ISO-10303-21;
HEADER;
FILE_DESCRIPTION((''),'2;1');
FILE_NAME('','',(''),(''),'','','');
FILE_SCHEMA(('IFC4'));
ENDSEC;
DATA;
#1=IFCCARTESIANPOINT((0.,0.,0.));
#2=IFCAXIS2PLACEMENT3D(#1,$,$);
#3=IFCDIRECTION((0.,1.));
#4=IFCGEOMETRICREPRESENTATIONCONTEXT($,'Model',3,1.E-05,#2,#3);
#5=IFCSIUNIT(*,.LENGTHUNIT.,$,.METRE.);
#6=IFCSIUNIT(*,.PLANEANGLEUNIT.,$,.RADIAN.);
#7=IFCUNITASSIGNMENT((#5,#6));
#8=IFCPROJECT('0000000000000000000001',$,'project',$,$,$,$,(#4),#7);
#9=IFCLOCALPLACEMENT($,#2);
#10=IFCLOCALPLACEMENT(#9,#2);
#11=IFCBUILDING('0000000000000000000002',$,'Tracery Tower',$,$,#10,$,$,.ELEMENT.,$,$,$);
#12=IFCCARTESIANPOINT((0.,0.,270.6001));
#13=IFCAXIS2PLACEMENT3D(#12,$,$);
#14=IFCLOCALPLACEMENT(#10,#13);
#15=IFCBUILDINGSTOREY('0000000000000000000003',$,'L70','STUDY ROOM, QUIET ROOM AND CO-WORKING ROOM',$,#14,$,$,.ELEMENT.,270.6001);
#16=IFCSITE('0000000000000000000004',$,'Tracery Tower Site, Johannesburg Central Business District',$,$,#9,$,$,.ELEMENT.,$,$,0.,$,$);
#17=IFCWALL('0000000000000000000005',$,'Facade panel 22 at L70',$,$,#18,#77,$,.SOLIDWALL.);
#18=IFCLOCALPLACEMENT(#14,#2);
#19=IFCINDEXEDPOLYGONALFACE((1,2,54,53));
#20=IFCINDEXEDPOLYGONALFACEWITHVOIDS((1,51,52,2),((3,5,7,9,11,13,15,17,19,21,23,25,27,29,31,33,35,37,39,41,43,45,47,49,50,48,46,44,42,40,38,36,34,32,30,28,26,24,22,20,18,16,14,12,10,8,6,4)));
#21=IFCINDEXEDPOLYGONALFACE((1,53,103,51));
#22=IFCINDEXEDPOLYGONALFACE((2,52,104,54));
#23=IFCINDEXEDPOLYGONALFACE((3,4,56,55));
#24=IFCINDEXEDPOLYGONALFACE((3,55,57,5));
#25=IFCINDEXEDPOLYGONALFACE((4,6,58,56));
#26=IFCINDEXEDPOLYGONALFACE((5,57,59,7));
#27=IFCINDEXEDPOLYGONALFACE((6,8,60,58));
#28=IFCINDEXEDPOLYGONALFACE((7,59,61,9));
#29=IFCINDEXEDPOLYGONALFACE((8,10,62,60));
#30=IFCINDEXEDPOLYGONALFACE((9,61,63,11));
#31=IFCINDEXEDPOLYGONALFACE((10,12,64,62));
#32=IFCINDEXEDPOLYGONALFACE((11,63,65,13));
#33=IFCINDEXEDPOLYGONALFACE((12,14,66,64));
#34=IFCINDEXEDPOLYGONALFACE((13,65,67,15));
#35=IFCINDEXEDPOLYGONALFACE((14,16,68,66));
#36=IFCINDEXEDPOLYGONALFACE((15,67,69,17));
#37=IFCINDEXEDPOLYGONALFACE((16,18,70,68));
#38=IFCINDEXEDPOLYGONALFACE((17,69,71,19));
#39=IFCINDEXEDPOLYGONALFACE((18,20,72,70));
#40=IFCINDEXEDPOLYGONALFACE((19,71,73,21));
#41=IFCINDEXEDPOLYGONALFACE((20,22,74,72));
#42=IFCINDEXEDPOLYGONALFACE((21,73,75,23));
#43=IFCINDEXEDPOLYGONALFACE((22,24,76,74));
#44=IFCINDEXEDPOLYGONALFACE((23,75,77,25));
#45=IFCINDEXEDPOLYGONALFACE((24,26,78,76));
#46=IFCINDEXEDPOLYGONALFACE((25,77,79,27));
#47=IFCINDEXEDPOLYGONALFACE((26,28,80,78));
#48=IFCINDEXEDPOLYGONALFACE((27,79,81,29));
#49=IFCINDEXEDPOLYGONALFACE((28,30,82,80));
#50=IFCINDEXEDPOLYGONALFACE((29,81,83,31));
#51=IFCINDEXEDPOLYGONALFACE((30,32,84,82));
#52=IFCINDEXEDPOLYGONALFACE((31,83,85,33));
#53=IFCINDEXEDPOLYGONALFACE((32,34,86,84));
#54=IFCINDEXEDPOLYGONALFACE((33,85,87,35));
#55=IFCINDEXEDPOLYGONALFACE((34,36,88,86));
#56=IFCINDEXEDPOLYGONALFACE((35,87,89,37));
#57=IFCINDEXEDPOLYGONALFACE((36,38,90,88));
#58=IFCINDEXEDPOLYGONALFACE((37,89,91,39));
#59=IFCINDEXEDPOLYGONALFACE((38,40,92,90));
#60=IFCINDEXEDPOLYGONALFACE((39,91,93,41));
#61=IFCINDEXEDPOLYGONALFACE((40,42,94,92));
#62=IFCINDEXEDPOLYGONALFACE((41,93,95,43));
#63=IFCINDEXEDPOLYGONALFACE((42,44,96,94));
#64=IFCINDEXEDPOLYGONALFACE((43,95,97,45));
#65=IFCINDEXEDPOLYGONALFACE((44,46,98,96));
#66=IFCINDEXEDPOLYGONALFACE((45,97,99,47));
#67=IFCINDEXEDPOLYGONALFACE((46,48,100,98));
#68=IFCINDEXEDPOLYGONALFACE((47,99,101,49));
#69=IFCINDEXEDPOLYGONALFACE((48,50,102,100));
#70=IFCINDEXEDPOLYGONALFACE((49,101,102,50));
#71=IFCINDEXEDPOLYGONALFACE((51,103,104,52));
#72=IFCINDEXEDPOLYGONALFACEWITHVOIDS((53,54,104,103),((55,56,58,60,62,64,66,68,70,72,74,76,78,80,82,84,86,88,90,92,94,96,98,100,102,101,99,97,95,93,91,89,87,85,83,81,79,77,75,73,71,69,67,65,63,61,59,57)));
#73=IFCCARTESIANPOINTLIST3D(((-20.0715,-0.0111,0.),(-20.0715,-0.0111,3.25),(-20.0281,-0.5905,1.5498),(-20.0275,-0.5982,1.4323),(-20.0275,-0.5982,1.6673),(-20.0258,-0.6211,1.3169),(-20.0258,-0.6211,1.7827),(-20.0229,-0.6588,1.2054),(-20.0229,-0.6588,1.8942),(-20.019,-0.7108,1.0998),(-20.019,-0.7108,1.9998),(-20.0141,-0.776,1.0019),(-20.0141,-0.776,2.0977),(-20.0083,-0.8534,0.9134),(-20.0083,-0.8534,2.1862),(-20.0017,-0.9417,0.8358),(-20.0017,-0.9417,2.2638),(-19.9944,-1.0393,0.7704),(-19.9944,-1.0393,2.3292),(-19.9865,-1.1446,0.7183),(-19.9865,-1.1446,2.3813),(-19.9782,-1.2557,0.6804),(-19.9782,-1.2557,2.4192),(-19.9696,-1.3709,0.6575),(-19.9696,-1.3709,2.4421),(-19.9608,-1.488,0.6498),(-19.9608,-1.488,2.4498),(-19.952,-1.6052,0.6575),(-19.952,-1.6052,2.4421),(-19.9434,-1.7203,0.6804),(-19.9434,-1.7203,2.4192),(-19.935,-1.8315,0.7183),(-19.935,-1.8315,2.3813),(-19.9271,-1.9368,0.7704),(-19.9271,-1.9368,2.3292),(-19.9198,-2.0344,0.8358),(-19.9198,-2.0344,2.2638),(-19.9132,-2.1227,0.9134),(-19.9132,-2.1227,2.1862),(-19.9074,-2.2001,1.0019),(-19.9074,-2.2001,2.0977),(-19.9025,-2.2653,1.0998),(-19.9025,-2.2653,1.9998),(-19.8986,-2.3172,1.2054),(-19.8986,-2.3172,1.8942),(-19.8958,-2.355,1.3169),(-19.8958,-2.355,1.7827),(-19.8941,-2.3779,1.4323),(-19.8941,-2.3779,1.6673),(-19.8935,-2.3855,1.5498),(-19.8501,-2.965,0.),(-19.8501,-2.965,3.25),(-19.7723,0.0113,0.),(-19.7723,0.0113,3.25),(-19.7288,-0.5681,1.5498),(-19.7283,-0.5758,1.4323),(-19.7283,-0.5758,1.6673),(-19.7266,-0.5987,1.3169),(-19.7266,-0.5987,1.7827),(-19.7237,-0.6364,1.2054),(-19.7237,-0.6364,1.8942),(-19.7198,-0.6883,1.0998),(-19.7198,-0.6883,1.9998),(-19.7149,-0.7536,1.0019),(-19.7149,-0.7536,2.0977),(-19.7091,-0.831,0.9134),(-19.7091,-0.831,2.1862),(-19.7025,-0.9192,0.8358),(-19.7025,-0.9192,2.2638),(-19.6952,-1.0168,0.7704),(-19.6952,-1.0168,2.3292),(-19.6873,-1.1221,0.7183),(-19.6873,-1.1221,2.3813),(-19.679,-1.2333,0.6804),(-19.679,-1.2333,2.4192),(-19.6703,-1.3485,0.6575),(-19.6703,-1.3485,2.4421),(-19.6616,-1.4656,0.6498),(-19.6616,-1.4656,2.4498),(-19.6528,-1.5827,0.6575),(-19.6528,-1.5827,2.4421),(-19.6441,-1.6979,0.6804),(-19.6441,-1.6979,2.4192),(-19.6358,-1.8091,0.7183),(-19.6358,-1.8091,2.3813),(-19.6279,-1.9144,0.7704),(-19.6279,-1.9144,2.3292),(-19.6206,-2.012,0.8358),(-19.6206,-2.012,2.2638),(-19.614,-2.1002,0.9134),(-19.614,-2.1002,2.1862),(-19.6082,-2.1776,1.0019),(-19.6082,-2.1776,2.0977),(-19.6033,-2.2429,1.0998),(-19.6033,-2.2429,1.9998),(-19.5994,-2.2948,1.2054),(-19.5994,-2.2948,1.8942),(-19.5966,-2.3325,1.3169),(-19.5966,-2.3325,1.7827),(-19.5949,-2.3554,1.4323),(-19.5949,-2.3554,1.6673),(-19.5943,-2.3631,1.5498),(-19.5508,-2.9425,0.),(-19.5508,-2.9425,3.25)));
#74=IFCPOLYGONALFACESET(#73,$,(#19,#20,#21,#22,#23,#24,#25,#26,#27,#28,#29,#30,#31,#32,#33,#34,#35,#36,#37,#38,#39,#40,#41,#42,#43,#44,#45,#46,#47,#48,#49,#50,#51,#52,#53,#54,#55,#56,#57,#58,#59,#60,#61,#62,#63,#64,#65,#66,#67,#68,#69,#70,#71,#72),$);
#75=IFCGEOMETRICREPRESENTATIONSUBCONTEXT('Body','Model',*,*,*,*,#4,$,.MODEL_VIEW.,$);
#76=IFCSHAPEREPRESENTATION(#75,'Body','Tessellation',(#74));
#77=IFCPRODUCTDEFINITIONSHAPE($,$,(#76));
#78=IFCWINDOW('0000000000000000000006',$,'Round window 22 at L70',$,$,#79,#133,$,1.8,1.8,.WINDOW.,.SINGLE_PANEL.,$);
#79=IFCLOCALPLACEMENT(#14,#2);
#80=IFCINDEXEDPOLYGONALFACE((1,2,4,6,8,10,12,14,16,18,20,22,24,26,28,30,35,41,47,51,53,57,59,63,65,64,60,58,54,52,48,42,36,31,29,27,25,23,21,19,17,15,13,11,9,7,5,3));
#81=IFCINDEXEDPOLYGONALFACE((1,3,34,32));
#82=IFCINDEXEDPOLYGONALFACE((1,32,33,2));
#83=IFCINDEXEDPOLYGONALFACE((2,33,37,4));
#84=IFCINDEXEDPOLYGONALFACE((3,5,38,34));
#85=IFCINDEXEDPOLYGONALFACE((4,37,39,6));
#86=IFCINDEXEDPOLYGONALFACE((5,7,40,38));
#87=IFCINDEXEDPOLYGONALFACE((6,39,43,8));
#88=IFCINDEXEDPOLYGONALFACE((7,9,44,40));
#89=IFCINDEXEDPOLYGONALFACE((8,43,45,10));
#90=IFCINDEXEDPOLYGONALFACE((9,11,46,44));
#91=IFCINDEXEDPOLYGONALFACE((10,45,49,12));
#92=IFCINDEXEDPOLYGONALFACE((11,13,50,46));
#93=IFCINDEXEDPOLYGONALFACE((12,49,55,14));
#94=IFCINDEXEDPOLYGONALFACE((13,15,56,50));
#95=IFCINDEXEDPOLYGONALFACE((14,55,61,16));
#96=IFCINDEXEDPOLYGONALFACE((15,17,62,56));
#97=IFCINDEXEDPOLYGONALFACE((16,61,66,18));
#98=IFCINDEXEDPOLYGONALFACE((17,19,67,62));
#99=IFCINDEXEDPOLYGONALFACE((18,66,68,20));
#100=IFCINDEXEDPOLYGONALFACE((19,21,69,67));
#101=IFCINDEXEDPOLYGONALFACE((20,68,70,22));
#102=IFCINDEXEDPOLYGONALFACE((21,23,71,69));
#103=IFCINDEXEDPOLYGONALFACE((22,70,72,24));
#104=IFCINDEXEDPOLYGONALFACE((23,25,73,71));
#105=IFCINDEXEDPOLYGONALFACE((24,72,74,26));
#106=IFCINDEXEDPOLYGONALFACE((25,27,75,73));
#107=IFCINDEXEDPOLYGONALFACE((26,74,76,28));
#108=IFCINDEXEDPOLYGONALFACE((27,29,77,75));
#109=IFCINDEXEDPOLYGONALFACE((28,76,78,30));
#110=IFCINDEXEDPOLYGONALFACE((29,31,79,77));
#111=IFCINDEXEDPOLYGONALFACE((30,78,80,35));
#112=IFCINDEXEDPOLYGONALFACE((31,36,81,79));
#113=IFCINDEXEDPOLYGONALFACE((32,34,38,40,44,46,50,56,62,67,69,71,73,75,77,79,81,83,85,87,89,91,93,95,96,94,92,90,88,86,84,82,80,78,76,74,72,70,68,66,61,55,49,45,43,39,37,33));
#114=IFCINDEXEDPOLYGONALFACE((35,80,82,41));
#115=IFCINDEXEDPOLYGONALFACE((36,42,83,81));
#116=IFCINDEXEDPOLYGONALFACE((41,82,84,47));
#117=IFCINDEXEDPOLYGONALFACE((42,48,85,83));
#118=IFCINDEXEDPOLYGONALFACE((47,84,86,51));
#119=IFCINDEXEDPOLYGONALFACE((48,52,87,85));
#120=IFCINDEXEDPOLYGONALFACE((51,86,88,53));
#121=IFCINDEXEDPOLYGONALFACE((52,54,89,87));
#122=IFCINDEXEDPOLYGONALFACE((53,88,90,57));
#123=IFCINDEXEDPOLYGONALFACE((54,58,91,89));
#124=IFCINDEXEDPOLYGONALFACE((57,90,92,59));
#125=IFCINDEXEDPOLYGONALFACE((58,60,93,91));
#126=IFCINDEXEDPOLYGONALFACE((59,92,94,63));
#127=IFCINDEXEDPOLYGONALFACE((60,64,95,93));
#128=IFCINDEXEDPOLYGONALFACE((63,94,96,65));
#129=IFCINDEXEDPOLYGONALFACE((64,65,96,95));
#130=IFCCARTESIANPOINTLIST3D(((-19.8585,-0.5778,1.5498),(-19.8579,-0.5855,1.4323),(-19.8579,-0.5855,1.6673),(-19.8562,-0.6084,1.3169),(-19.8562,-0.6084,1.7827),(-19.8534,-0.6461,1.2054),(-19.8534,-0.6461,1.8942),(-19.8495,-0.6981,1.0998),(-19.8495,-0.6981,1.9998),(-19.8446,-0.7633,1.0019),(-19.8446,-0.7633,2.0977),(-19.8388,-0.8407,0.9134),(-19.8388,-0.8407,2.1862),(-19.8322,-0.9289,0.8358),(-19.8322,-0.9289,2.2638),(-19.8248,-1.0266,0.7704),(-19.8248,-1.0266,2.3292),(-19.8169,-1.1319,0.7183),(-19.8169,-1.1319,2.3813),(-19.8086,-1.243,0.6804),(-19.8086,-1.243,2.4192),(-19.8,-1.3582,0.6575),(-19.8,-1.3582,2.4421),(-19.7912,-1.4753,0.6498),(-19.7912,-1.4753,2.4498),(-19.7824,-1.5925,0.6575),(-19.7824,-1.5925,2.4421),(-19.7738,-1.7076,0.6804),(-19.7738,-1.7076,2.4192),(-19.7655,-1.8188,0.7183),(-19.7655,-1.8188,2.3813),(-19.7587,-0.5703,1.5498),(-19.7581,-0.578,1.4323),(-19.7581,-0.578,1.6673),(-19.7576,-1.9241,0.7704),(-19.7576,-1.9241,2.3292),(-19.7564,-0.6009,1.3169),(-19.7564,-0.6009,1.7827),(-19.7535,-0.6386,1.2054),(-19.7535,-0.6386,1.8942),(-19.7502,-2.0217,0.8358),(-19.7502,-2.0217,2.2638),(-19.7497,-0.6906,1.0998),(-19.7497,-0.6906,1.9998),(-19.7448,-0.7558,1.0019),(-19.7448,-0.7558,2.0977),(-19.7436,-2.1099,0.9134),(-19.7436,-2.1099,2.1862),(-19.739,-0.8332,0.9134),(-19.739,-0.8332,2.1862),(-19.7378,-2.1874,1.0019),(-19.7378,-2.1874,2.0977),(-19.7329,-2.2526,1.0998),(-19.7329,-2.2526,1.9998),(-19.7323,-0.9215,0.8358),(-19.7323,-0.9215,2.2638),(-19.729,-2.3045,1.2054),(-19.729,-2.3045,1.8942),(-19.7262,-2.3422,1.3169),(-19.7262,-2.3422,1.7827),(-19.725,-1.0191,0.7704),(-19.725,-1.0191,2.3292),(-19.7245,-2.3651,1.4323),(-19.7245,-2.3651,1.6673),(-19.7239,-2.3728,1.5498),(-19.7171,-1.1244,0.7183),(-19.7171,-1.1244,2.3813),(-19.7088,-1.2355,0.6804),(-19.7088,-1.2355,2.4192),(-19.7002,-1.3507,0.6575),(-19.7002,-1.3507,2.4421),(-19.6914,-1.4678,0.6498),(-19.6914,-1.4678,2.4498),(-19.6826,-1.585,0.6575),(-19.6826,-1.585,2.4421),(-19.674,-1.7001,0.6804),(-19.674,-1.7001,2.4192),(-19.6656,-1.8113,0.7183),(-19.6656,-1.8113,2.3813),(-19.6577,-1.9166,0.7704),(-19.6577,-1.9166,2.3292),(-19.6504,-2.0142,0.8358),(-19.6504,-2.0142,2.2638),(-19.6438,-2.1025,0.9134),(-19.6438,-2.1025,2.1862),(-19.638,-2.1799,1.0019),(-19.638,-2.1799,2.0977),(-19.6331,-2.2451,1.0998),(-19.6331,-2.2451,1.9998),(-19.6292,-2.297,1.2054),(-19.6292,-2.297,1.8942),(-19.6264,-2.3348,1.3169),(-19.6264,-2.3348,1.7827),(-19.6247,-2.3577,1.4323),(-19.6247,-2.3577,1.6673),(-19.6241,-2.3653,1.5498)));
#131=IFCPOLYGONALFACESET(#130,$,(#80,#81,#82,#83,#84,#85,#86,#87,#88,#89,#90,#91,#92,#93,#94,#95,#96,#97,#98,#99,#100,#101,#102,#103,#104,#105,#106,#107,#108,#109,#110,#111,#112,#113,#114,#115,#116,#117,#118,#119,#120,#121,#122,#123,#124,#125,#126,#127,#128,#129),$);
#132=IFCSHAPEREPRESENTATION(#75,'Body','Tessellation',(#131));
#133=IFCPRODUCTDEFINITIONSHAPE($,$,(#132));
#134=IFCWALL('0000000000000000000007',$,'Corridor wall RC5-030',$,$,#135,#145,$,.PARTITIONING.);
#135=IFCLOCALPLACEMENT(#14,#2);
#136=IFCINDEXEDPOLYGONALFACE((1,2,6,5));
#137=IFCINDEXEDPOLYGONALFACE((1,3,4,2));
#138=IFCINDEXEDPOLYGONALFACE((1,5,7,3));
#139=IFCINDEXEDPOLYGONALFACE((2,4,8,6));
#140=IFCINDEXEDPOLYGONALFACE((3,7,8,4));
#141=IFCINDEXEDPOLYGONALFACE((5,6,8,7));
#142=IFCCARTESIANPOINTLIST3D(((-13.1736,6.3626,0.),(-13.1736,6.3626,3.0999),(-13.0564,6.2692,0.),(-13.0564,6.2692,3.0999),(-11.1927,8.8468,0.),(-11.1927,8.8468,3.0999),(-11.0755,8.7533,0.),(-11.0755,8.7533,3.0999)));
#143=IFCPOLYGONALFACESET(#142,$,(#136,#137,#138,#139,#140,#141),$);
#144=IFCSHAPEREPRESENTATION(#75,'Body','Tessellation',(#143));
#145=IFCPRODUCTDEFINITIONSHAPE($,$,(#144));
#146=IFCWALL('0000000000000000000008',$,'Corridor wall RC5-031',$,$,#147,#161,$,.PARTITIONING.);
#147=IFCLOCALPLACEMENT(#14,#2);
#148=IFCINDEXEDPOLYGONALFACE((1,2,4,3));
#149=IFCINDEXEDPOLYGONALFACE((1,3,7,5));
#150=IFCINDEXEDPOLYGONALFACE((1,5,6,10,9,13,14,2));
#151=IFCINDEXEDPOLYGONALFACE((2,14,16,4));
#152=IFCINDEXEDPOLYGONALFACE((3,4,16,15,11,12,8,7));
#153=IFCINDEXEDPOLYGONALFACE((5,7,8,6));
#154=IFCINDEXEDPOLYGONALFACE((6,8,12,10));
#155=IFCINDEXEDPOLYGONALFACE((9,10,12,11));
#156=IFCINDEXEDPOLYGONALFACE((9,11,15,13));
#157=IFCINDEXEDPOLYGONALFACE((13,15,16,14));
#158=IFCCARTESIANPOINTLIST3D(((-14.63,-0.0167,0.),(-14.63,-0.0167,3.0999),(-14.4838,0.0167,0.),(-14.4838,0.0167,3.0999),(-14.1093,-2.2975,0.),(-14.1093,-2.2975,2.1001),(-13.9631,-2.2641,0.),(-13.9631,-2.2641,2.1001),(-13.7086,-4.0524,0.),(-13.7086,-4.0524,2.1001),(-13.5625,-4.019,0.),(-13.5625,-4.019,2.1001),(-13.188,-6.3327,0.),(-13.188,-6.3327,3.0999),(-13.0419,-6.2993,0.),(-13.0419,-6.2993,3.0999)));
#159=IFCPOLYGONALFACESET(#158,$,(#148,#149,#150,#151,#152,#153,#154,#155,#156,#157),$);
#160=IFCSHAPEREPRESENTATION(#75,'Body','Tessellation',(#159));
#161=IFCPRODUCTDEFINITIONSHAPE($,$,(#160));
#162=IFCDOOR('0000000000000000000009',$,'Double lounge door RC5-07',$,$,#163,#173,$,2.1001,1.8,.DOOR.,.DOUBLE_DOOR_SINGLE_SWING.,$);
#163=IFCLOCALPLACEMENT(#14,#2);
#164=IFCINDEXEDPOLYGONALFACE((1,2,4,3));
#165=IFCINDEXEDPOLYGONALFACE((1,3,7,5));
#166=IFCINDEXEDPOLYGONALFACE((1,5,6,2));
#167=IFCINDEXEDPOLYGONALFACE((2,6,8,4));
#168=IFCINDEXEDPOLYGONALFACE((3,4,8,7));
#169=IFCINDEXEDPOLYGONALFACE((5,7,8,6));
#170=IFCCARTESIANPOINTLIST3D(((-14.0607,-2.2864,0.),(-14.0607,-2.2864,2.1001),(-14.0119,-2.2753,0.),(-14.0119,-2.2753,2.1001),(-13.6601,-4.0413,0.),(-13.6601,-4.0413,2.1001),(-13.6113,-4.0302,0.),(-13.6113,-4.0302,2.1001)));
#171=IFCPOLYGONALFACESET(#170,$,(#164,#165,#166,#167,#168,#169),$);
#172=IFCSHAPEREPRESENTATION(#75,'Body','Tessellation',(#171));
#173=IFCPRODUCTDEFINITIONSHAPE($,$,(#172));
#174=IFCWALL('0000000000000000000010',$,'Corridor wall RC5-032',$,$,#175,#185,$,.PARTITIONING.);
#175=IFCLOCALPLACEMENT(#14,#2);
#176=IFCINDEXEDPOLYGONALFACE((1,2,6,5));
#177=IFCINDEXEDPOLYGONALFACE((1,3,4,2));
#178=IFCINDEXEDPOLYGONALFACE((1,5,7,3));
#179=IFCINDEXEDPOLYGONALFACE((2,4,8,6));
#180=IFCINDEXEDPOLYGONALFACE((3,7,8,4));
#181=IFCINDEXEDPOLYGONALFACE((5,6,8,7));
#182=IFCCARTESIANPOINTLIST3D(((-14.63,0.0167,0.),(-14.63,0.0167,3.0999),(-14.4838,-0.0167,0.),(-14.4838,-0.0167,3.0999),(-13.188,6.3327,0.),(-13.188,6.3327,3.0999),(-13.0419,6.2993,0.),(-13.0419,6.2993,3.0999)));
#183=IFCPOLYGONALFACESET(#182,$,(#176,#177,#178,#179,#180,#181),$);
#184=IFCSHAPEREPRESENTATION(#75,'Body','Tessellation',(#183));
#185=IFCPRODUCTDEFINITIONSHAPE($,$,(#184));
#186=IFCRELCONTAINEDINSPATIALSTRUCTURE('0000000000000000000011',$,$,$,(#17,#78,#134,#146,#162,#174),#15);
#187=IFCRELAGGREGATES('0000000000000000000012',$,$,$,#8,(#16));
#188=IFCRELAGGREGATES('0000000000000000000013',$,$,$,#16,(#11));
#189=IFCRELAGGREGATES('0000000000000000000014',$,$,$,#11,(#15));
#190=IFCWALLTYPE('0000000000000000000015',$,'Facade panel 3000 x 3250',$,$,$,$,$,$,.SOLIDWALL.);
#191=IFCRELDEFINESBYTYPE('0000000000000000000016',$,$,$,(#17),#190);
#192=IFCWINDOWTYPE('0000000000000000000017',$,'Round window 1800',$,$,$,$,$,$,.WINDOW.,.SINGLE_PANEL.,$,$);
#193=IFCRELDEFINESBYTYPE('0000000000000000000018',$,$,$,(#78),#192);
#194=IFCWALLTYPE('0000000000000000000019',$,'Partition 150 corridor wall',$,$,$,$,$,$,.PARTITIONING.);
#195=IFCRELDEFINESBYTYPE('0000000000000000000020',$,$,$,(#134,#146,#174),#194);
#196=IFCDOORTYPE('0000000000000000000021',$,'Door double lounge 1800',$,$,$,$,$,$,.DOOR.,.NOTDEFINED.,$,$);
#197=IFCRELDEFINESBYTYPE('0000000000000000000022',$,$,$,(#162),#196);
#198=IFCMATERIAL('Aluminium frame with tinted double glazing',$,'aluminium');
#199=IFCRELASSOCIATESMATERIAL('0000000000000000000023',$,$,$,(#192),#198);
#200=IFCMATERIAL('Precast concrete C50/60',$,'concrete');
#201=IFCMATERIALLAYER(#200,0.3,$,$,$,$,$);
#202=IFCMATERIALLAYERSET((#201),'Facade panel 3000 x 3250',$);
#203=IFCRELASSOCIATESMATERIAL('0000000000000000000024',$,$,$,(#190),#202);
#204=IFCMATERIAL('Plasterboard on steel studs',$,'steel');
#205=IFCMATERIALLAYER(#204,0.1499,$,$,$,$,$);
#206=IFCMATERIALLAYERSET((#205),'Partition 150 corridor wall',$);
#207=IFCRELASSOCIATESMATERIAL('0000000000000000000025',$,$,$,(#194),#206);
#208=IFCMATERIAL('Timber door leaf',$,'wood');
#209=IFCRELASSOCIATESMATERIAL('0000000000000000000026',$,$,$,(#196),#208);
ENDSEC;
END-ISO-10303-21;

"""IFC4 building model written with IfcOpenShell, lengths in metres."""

from ifc_helpers import new_model, si_unit, direction, frame, frame_2d, origin, origin_2d, place, context, subcontext, project, spatial, rectangle, circle, extrude, material, layer, layer_set, type_object, element, fill, save


model = new_model("IFC4")

# Units and contexts
model_context = context("Model", 3, precision=1e-05, world=origin(), true_north=direction((0.0, 1.0)))
body_context = subcontext(model_context, "Body", "Model", "MODEL_VIEW")
ifc_project = project(units=[si_unit("LENGTHUNIT", "METRE"), si_unit("PLANEANGLEUNIT", "RADIAN")], contexts=[model_context])

# Site, building, storey
site_placement = place(None, origin())
site = spatial("IfcSite", under=ifc_project, at=site_placement, Name="Tracery Tower Site, Johannesburg Central Business District", CompositionType="ELEMENT", RefElevation=0.0)
building_placement = place(site_placement, origin())
building = spatial("IfcBuilding", under=site, at=building_placement, Name="Tracery Tower", CompositionType="ELEMENT")
storey_placement = place(building_placement, frame((0.0, 0.0, 270.6001)))
storey = spatial("IfcBuildingStorey", under=building, at=storey_placement, Name="L70", Description="STUDY ROOM, QUIET ROOM AND CO-WORKING ROOM", CompositionType="ELEMENT", Elevation=270.6001)

# Wall, opening, window
ifc_material_1 = material(Name="Aluminium frame with tinted double glazing", Category="aluminium")
window_type = type_object("IfcWindowType", Name="Round window 1800", PartitioningType="SINGLE_PANEL", PredefinedType="WINDOW", material=ifc_material_1)
ifc_material_2 = material(Name="Precast concrete C50/60", Category="concrete")
ifc_layer_1 = layer(ifc_material_2, 0.3)
ifc_layer_set_1 = layer_set([ifc_layer_1], Name="Facade panel 3000 x 3250")
wall_type_1 = type_object("IfcWallType", Name="Facade panel 3000 x 3250", PredefinedType="SOLIDWALL", material=ifc_layer_set_1)
wall_1_placement = place(storey_placement, frame((-19.9219, 0.0, 0.0), z_axis=(0.0, 0.0, 1.0), x_axis=(0.074755, -0.997202, 0.0)))
wall_1 = element("IfcWall", 1, at=wall_1_placement, inside=storey, type_object=wall_type_1, Name="Facade panel 22 at L70", PredefinedType="SOLIDWALL", context=body_context, shape_type="SweptSolid", body=[
    extrude(rectangle(XDim=2.9622, YDim=0.3, at=frame_2d((1.481, 0.0))), origin(), (0.0, 0.0, 1.0), 3.25),
])
opening_1_placement = place(wall_1_placement, frame((1.481, 0.0, 1.5498)))
opening_1 = element("IfcOpeningElement", 2, at=opening_1_placement, cuts=wall_1, PredefinedType="OPENING", context=body_context, shape_type="SweptSolid", body=[
    extrude(circle(Radius=0.9, at=origin_2d()), frame((0.0, 0.1599, 0.0), z_axis=(0.0, -1.0, 0.0), x_axis=(1.0, 0.0, 0.0)), (0.0, 0.0, 1.0), 0.3201),
])
window_1_placement = place(opening_1_placement, origin())
window_1 = element("IfcWindow", 3, at=window_1_placement, inside=storey, type_object=window_type, Name="Round window 22 at L70", OverallHeight=1.8, OverallWidth=1.8, PartitioningType="SINGLE_PANEL", PredefinedType="WINDOW", context=body_context, shape_type="SweptSolid", body=[
    extrude(circle(Radius=0.9, at=origin_2d()), frame((0.0, 0.1201, 0.0), z_axis=(0.0, -1.0, 0.0), x_axis=(1.0, 0.0, 0.0)), (0.0, 0.0, 1.0), 0.1001),
])
fill(opening_1, window_1)

# Wall
ifc_material_3 = material(Name="Plasterboard on steel studs", Category="steel")
ifc_layer_2 = layer(ifc_material_3, 0.1499)
ifc_layer_set_2 = layer_set([ifc_layer_2], Name="Partition 150 corridor wall")
wall_type_2 = type_object("IfcWallType", Name="Partition 150 corridor wall", PredefinedType="PARTITIONING", material=ifc_layer_set_2)
wall_2_placement = place(storey_placement, frame((-13.115, 6.3159, 0.0), z_axis=(0.0, 0.0, 1.0), x_axis=(0.623476, 0.781842, 0.0)))
element("IfcWall", 4, at=wall_2_placement, inside=storey, type_object=wall_type_2, Name="Corridor wall RC5-030", PredefinedType="PARTITIONING", context=body_context, shape_type="SweptSolid", body=[
    extrude(rectangle(XDim=3.1772, YDim=0.1499, at=frame_2d((1.5886, 0.0))), origin(), (0.0, 0.0, 1.0), 3.0999),
])

# Wall, opening, door
wall_3_placement = place(storey_placement, frame((-14.5569, 0.0, 0.0), z_axis=(0.0, 0.0, 1.0), x_axis=(0.222569, -0.974917, 0.0)))
wall_3 = element("IfcWall", 5, at=wall_3_placement, inside=storey, type_object=wall_type_2, Name="Corridor wall RC5-031", PredefinedType="PARTITIONING", context=body_context, shape_type="SweptSolid", body=[
    extrude(rectangle(XDim=6.4785, YDim=0.1499, at=frame_2d((3.2393, 0.0))), origin(), (0.0, 0.0, 1.0), 3.0999),
])
opening_2_placement = place(wall_3_placement, frame((2.3396, 0.0, 0.0)))
opening_2 = element("IfcOpeningElement", 6, at=opening_2_placement, cuts=wall_3, PredefinedType="OPENING", context=body_context, shape_type="SweptSolid", body=[
    extrude(rectangle(XDim=1.8, YDim=2.1001, at=frame_2d((0.8999, 1.05))), frame((0.0, 0.075, 0.0), z_axis=(0.0, -1.0, 0.0), x_axis=(1.0, 0.0, 0.0)), (0.0, 0.0, 1.0), 0.1499),
])
ifc_material_4 = material(Name="Timber door leaf", Category="wood")
door_type_1 = type_object("IfcDoorType", Name="Door double lounge 1800", OperationType="NOTDEFINED", PredefinedType="DOOR", material=ifc_material_4)
door_1_placement = place(opening_2_placement, origin())
door_1 = element("IfcDoor", 7, at=door_1_placement, inside=storey, type_object=door_type_1, Name="Double lounge door RC5-07", OperationType="DOUBLE_DOOR_SINGLE_SWING", OverallHeight=2.1001, OverallWidth=1.8, PredefinedType="DOOR", context=body_context, shape_type="SweptSolid", body=[
    extrude(rectangle(XDim=1.8, YDim=2.1001, at=frame_2d((0.8999, 1.05))), frame((0.0, 0.0249, 0.0), z_axis=(0.0, -1.0, 0.0), x_axis=(1.0, 0.0, 0.0)), (0.0, 0.0, 1.0), 0.05),
])
fill(opening_2, door_1)

# Wall
wall_4_placement = place(storey_placement, frame((-14.5569, 0.0, 0.0), z_axis=(0.0, 0.0, 1.0), x_axis=(0.222569, 0.974917, 0.0)))
element("IfcWall", 8, at=wall_4_placement, inside=storey, type_object=wall_type_2, Name="Corridor wall RC5-032", PredefinedType="PARTITIONING", context=body_context, shape_type="SweptSolid", body=[
    extrude(rectangle(XDim=6.4785, YDim=0.1499, at=frame_2d((3.2393, 0.0))), origin(), (0.0, 0.0, 1.0), 3.0999),
])

save(model, "model.ifc")
